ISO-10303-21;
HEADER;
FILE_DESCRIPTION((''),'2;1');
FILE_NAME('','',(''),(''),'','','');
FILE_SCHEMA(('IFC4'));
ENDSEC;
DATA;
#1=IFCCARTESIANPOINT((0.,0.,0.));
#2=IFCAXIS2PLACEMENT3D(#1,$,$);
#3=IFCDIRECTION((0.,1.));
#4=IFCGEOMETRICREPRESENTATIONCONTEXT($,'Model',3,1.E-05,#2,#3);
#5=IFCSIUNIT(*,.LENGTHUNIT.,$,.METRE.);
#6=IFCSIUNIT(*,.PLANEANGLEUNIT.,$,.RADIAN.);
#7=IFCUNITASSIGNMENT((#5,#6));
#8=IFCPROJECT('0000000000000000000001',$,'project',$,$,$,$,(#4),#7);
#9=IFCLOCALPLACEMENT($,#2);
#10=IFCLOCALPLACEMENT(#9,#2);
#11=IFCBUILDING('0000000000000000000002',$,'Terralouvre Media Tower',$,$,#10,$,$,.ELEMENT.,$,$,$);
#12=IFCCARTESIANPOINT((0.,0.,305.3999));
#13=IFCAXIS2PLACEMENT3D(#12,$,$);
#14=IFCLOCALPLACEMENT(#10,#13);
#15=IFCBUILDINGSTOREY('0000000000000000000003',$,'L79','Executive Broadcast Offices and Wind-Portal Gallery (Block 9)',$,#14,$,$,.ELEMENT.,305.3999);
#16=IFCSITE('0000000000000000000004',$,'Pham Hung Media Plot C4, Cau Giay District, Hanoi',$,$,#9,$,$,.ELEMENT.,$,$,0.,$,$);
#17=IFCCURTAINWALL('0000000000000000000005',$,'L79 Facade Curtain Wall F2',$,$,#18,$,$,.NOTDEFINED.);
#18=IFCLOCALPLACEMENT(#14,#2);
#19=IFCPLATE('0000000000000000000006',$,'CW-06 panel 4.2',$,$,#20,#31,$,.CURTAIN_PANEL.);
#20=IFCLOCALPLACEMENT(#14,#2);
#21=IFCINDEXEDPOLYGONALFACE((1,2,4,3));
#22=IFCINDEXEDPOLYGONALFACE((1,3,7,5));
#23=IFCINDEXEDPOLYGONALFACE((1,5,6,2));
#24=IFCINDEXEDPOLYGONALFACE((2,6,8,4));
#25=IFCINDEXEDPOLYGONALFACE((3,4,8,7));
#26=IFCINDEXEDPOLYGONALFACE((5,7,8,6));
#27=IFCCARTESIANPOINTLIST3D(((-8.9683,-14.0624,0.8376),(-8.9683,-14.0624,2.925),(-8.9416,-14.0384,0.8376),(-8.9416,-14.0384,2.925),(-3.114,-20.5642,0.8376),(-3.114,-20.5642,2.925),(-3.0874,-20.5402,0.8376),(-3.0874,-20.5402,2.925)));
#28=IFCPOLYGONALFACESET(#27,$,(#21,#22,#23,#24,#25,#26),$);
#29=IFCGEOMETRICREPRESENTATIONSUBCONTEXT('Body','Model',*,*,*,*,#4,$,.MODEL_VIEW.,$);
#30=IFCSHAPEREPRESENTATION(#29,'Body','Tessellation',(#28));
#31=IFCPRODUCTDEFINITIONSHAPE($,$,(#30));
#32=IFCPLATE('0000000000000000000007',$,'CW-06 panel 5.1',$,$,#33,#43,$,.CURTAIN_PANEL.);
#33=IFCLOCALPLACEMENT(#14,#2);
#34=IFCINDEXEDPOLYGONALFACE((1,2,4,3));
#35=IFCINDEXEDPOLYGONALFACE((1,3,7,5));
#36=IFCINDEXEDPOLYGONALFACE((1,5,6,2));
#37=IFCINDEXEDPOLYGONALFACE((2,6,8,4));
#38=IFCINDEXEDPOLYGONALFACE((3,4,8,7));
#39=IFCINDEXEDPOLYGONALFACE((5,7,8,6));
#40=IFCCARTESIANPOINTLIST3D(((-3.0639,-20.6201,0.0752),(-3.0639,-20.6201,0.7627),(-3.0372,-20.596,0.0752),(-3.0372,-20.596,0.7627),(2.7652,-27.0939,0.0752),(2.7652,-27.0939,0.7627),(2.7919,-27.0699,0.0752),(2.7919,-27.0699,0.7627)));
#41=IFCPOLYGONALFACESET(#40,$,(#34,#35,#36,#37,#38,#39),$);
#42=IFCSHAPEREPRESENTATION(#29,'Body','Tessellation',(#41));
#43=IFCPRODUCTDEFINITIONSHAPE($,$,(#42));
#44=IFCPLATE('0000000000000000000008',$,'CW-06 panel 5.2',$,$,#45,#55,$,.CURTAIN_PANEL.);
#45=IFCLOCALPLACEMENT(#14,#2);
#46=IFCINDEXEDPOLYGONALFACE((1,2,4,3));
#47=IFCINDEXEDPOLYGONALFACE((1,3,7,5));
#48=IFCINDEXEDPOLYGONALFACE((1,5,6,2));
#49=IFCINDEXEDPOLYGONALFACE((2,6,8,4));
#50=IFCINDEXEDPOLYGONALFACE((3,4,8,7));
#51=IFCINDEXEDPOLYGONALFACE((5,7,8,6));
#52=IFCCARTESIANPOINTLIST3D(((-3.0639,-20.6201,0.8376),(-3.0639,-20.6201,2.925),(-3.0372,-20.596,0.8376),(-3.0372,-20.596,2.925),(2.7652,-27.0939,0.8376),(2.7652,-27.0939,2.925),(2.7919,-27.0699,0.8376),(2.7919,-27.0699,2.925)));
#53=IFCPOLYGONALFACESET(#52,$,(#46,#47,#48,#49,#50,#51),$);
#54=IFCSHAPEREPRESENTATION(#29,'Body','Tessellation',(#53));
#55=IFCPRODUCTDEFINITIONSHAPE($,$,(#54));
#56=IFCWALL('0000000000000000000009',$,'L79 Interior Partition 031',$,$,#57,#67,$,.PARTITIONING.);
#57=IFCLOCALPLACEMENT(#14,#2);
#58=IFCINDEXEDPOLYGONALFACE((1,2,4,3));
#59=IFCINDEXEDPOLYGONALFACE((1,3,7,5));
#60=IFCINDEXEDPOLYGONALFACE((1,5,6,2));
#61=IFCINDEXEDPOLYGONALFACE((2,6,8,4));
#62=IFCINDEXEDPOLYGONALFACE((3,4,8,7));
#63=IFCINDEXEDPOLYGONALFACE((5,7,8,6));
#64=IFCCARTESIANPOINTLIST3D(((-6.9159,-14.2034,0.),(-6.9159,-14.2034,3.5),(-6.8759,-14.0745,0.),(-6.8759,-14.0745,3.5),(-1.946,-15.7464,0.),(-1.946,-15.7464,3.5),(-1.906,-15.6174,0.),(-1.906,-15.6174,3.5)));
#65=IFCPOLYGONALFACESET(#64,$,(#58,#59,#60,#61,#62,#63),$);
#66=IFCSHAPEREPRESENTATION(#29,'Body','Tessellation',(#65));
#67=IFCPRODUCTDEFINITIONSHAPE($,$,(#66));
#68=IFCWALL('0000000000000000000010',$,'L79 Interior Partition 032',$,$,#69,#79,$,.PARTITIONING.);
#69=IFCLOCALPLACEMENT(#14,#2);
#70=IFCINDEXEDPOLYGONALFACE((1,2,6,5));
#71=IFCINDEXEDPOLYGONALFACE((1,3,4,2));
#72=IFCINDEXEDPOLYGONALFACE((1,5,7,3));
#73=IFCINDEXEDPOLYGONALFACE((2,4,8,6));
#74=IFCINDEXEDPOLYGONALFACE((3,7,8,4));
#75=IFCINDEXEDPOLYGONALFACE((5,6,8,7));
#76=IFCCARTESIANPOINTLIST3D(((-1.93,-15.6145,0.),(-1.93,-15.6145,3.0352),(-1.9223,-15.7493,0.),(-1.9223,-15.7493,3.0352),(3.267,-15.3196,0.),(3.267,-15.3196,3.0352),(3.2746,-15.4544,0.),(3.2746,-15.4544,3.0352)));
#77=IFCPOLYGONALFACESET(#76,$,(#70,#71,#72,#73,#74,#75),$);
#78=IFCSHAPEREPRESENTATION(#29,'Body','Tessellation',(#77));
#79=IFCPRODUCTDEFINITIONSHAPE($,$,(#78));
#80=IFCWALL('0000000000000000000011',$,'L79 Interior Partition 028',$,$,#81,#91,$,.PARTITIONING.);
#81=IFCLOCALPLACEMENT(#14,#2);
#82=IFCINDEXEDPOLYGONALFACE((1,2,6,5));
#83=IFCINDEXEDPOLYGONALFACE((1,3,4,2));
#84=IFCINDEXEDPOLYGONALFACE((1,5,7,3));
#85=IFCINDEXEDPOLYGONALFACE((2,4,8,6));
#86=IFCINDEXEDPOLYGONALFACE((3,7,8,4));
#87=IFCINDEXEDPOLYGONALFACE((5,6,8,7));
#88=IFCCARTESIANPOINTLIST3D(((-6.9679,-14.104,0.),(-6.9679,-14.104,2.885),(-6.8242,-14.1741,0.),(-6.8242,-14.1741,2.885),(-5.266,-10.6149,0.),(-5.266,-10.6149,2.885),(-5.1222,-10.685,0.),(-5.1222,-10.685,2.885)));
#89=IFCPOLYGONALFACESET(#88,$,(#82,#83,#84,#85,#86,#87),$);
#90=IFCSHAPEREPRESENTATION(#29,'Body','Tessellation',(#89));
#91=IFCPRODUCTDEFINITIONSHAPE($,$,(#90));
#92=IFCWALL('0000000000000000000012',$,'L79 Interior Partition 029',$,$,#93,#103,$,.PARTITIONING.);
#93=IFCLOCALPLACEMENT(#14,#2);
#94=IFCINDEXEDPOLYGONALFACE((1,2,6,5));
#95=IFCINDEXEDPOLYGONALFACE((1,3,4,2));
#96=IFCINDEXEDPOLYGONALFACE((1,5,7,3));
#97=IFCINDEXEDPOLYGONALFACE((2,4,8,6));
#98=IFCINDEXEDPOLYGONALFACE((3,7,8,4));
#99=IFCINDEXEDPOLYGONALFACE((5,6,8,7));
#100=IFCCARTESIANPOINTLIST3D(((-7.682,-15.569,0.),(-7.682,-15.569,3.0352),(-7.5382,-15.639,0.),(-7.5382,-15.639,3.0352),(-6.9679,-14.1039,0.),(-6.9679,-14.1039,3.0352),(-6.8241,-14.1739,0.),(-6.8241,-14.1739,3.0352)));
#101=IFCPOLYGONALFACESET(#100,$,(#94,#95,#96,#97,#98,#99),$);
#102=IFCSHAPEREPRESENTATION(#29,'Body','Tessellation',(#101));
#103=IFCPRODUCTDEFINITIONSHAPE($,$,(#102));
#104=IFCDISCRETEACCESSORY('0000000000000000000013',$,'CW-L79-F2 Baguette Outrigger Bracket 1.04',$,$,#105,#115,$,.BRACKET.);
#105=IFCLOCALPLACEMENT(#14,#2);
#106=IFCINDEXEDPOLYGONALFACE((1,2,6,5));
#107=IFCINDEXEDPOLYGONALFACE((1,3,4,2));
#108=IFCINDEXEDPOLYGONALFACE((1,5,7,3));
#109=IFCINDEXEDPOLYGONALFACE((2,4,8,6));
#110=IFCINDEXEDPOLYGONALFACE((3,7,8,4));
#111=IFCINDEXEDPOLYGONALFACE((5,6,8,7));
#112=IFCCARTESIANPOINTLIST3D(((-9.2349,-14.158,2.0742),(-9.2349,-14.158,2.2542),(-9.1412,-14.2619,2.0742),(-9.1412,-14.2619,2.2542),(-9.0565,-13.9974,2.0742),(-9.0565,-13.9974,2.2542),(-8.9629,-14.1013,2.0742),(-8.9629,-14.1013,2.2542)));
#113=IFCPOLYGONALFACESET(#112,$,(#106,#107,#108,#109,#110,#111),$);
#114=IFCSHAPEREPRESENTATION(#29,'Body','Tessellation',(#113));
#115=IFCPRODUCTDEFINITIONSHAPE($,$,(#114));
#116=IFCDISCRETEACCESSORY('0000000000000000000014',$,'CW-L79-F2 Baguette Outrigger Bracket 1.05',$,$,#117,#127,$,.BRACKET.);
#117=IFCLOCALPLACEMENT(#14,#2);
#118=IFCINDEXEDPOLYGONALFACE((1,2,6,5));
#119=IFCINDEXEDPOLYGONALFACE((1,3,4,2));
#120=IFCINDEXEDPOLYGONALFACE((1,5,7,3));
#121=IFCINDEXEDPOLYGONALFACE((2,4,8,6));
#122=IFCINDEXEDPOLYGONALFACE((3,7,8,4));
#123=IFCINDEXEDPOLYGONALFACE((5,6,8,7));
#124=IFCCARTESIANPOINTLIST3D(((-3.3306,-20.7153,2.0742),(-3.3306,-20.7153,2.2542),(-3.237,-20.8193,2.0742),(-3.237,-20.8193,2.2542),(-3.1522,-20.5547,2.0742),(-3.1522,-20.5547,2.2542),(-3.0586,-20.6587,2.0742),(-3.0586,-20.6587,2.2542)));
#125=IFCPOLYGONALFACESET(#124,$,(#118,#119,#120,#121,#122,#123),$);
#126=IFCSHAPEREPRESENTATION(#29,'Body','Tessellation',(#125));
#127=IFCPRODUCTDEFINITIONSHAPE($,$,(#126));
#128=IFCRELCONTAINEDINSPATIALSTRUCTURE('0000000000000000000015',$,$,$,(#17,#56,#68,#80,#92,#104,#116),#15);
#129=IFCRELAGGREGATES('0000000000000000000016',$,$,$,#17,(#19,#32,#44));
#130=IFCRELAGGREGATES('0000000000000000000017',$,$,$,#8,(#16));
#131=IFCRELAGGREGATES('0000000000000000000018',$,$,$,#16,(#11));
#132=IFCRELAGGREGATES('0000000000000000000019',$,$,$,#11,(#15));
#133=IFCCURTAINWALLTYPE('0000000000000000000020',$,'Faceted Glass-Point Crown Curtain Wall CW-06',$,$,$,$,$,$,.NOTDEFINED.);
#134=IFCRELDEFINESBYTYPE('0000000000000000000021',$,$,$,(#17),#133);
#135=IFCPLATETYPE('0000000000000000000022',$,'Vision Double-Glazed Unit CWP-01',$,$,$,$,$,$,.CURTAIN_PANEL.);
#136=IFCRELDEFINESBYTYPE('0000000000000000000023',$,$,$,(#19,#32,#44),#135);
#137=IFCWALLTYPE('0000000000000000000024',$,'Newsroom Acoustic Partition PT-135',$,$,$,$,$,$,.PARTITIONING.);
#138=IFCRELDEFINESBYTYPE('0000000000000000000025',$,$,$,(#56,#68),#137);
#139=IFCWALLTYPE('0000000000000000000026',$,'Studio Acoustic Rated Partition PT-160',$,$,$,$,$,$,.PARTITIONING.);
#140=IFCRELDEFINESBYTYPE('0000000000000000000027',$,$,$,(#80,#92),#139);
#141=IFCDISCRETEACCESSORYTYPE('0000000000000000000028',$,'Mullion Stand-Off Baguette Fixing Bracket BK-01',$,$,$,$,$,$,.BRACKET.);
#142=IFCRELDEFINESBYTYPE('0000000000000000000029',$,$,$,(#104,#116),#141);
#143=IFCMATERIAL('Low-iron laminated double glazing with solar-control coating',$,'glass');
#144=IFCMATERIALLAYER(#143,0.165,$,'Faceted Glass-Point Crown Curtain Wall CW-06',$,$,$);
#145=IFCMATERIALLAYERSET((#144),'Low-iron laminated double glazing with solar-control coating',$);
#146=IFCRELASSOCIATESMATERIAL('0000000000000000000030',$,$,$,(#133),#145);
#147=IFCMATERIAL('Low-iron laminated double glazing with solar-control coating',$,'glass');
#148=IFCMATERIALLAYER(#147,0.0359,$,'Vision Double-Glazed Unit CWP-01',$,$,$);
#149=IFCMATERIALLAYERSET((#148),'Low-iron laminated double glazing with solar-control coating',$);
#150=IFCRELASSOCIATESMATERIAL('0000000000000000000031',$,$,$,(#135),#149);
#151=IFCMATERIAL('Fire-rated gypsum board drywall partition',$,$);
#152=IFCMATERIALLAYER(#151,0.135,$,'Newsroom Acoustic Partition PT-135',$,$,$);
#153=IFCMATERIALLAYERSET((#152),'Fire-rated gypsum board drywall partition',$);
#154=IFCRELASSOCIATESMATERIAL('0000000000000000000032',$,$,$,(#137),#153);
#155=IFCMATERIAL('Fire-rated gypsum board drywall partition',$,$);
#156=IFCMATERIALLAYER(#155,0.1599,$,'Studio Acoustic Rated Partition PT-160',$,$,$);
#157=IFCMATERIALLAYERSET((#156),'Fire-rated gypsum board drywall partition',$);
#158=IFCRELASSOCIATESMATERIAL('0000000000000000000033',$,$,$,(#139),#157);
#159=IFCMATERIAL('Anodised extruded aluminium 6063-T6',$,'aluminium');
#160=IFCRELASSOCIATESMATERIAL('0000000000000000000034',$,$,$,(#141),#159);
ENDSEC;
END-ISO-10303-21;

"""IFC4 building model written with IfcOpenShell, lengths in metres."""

from ifc_helpers import new_model, si_unit, direction, frame, frame_2d, origin, origin_2d, place, context, subcontext, project, spatial, rectangle, extrude, material, layer, layer_set, type_object, element, aggregate, save


model = new_model("IFC4")

# Units and contexts
model_context = context("Model", 3, precision=1e-05, world=origin(), true_north=direction((0.0, 1.0)))
body_context = subcontext(model_context, "Body", "Model", "MODEL_VIEW")
ifc_project = project(units=[si_unit("LENGTHUNIT", "METRE"), si_unit("PLANEANGLEUNIT", "RADIAN")], contexts=[model_context])

# Site, building, storey
site_placement = place(None, origin())
site = spatial("IfcSite", under=ifc_project, at=site_placement, Name="Pham Hung Media Plot C4, Cau Giay District, Hanoi", CompositionType="ELEMENT", RefElevation=0.0)
building_placement = place(site_placement, origin())
building = spatial("IfcBuilding", under=site, at=building_placement, Name="Terralouvre Media Tower", CompositionType="ELEMENT")
storey_placement = place(building_placement, frame((0.0, 0.0, 305.3999)))
storey = spatial("IfcBuildingStorey", under=building, at=storey_placement, Name="L79", Description="Executive Broadcast Offices and Wind-Portal Gallery (Block 9)", CompositionType="ELEMENT", Elevation=305.3999)

# Curtain wall
ifc_material_1 = material(Name="Low-iron laminated double glazing with solar-control coating", Category="glass")
ifc_layer_1 = layer(ifc_material_1, 0.165, Name="Faceted Glass-Point Crown Curtain Wall CW-06")
ifc_layer_set_1 = layer_set([ifc_layer_1], Name="Low-iron laminated double glazing with solar-control coating")
curtain_wall_type = type_object("IfcCurtainWallType", Name="Faceted Glass-Point Crown Curtain Wall CW-06", PredefinedType="NOTDEFINED", material=ifc_layer_set_1)
curtain_wall_placement = place(storey_placement, origin())
curtain_wall = element("IfcCurtainWall", 1, at=curtain_wall_placement, inside=storey, type_object=curtain_wall_type, Name="L79 Facade Curtain Wall F2", PredefinedType="NOTDEFINED")

# Plates
ifc_material_2 = material(Name="Low-iron laminated double glazing with solar-control coating", Category="glass")
ifc_layer_2 = layer(ifc_material_2, 0.0359, Name="Vision Double-Glazed Unit CWP-01")
ifc_layer_set_2 = layer_set([ifc_layer_2], Name="Low-iron laminated double glazing with solar-control coating")
plate_type = type_object("IfcPlateType", Name="Vision Double-Glazed Unit CWP-01", PredefinedType="CURTAIN_PANEL", material=ifc_layer_set_2)
plate_1_placement = place(storey_placement, frame((-6.0278, -17.3013, 0.8376), z_axis=(0.0, 0.0, 1.0), x_axis=(0.669131, -0.743145, 0.0)))
plate_1 = element("IfcPlate", 2, at=plate_1_placement, type_object=plate_type, Name="CW-06 panel 4.2", PredefinedType="CURTAIN_PANEL", context=body_context, shape_type="SweptSolid", body=[
    extrude(rectangle(XDim=8.749, YDim=0.0359, at=origin_2d()), origin(), (0.0, 0.0, 1.0), 2.0874),
])
plate_2_placement = place(storey_placement, frame((-0.136, -23.845, 0.0752), z_axis=(0.0, 0.0, 1.0), x_axis=(0.669131, -0.743145, 0.0)))
plate_2 = element("IfcPlate", 3, at=plate_2_placement, type_object=plate_type, Name="CW-06 panel 5.1", PredefinedType="CURTAIN_PANEL", context=body_context, shape_type="SweptSolid", body=[
    extrude(rectangle(XDim=8.7114, YDim=0.0359, at=origin_2d()), origin(), (0.0, 0.0, 1.0), 0.6875),
])
plate_3_placement = place(storey_placement, frame((-0.136, -23.845, 0.8376), z_axis=(0.0, 0.0, 1.0), x_axis=(0.669131, -0.743145, 0.0)))
plate_3 = element("IfcPlate", 4, at=plate_3_placement, type_object=plate_type, Name="CW-06 panel 5.2", PredefinedType="CURTAIN_PANEL", context=body_context, shape_type="SweptSolid", body=[
    extrude(rectangle(XDim=8.7114, YDim=0.0359, at=origin_2d()), origin(), (0.0, 0.0, 1.0), 2.0874),
])
aggregate(curtain_wall, [plate_1, plate_2, plate_3])

# Walls
ifc_material_3 = material(Name="Fire-rated gypsum board drywall partition")
ifc_layer_3 = layer(ifc_material_3, 0.135, Name="Newsroom Acoustic Partition PT-135")
ifc_layer_set_3 = layer_set([ifc_layer_3], Name="Fire-rated gypsum board drywall partition")
wall_type_1 = type_object("IfcWallType", Name="Newsroom Acoustic Partition PT-135", PredefinedType="PARTITIONING", material=ifc_layer_set_3)
wall_1_placement = place(storey_placement, frame((-6.896, -14.1389, 0.0), z_axis=(0.0, 0.0, 1.0), x_axis=(0.955033, -0.296498, 0.0)))
element("IfcWall", 5, at=wall_1_placement, inside=storey, type_object=wall_type_1, Name="L79 Interior Partition 031", PredefinedType="PARTITIONING", context=body_context, shape_type="SweptSolid", body=[
    extrude(rectangle(XDim=5.2039, YDim=0.135, at=frame_2d((2.6021, 0.0))), origin(), (0.0, 0.0, 1.0), 3.5),
])
wall_2_placement = place(storey_placement, frame((-1.926, -15.6819, 0.0), z_axis=(0.0, 0.0, 1.0), x_axis=(0.998394, 0.056657, 0.0)))
element("IfcWall", 6, at=wall_2_placement, inside=storey, type_object=wall_type_1, Name="L79 Interior Partition 032", PredefinedType="PARTITIONING", context=body_context, shape_type="SweptSolid", body=[
    extrude(rectangle(XDim=5.2053, YDim=0.135, at=frame_2d((2.6025, 0.0))), origin(), (0.0, 0.0, 1.0), 3.0352),
])
ifc_material_4 = material(Name="Fire-rated gypsum board drywall partition")
ifc_layer_4 = layer(ifc_material_4, 0.1599, Name="Studio Acoustic Rated Partition PT-160")
ifc_layer_set_4 = layer_set([ifc_layer_4], Name="Fire-rated gypsum board drywall partition")
wall_type_2 = type_object("IfcWallType", Name="Studio Acoustic Rated Partition PT-160", PredefinedType="PARTITIONING", material=ifc_layer_set_4)
wall_3_placement = place(storey_placement, frame((-6.896, -14.1389, 0.0), z_axis=(0.0, 0.0, 1.0), x_axis=(0.438412, 0.898774, 0.0)))
element("IfcWall", 7, at=wall_3_placement, inside=storey, type_object=wall_type_2, Name="L79 Interior Partition 028", PredefinedType="PARTITIONING", context=body_context, shape_type="SweptSolid", body=[
    extrude(rectangle(XDim=3.8821, YDim=0.1599, at=frame_2d((1.9409, 0.0))), origin(), (0.0, 0.0, 1.0), 2.885),
])
wall_4_placement = place(storey_placement, frame((-7.6101, -15.604, 0.0), z_axis=(0.0, 0.0, 1.0), x_axis=(0.438143, 0.898905, 0.0)))
element("IfcWall", 8, at=wall_4_placement, inside=storey, type_object=wall_type_2, Name="L79 Interior Partition 029", PredefinedType="PARTITIONING", context=body_context, shape_type="SweptSolid", body=[
    extrude(rectangle(XDim=1.6299, YDim=0.1599, at=frame_2d((0.8149, 0.0))), origin(), (0.0, 0.0, 1.0), 3.0352),
])

# Discrete accessories
ifc_material_5 = material(Name="Anodised extruded aluminium 6063-T6", Category="aluminium")
discrete_accessory_type = type_object("IfcDiscreteAccessoryType", Name="Mullion Stand-Off Baguette Fixing Bracket BK-01", PredefinedType="BRACKET", material=ifc_material_5)
for number, where, z_axis, x_axis, name in (
    (9, (-9.0989, -14.1296, 2.0742), (0.0, 0.0, 1.0), (0.669131, -0.743145, 0.0), "CW-L79-F2 Baguette Outrigger Bracket 1.04"),
    (10, (-3.1946, -20.687, 2.0742), (0.0, 0.0, 1.0), (0.669131, -0.743145, 0.0), "CW-L79-F2 Baguette Outrigger Bracket 1.05"),
):
    element("IfcDiscreteAccessory", number, at=place(storey_placement, frame(where, z_axis=z_axis, x_axis=x_axis)), inside=storey, type_object=discrete_accessory_type, Name=name, PredefinedType="BRACKET", context=body_context, shape_type="SweptSolid", body=[
        extrude(rectangle(XDim=0.1399, YDim=0.24, at=origin_2d()), origin(), (0.0, 0.0, 1.0), 0.1799),
    ])

save(model, "model.ifc")
